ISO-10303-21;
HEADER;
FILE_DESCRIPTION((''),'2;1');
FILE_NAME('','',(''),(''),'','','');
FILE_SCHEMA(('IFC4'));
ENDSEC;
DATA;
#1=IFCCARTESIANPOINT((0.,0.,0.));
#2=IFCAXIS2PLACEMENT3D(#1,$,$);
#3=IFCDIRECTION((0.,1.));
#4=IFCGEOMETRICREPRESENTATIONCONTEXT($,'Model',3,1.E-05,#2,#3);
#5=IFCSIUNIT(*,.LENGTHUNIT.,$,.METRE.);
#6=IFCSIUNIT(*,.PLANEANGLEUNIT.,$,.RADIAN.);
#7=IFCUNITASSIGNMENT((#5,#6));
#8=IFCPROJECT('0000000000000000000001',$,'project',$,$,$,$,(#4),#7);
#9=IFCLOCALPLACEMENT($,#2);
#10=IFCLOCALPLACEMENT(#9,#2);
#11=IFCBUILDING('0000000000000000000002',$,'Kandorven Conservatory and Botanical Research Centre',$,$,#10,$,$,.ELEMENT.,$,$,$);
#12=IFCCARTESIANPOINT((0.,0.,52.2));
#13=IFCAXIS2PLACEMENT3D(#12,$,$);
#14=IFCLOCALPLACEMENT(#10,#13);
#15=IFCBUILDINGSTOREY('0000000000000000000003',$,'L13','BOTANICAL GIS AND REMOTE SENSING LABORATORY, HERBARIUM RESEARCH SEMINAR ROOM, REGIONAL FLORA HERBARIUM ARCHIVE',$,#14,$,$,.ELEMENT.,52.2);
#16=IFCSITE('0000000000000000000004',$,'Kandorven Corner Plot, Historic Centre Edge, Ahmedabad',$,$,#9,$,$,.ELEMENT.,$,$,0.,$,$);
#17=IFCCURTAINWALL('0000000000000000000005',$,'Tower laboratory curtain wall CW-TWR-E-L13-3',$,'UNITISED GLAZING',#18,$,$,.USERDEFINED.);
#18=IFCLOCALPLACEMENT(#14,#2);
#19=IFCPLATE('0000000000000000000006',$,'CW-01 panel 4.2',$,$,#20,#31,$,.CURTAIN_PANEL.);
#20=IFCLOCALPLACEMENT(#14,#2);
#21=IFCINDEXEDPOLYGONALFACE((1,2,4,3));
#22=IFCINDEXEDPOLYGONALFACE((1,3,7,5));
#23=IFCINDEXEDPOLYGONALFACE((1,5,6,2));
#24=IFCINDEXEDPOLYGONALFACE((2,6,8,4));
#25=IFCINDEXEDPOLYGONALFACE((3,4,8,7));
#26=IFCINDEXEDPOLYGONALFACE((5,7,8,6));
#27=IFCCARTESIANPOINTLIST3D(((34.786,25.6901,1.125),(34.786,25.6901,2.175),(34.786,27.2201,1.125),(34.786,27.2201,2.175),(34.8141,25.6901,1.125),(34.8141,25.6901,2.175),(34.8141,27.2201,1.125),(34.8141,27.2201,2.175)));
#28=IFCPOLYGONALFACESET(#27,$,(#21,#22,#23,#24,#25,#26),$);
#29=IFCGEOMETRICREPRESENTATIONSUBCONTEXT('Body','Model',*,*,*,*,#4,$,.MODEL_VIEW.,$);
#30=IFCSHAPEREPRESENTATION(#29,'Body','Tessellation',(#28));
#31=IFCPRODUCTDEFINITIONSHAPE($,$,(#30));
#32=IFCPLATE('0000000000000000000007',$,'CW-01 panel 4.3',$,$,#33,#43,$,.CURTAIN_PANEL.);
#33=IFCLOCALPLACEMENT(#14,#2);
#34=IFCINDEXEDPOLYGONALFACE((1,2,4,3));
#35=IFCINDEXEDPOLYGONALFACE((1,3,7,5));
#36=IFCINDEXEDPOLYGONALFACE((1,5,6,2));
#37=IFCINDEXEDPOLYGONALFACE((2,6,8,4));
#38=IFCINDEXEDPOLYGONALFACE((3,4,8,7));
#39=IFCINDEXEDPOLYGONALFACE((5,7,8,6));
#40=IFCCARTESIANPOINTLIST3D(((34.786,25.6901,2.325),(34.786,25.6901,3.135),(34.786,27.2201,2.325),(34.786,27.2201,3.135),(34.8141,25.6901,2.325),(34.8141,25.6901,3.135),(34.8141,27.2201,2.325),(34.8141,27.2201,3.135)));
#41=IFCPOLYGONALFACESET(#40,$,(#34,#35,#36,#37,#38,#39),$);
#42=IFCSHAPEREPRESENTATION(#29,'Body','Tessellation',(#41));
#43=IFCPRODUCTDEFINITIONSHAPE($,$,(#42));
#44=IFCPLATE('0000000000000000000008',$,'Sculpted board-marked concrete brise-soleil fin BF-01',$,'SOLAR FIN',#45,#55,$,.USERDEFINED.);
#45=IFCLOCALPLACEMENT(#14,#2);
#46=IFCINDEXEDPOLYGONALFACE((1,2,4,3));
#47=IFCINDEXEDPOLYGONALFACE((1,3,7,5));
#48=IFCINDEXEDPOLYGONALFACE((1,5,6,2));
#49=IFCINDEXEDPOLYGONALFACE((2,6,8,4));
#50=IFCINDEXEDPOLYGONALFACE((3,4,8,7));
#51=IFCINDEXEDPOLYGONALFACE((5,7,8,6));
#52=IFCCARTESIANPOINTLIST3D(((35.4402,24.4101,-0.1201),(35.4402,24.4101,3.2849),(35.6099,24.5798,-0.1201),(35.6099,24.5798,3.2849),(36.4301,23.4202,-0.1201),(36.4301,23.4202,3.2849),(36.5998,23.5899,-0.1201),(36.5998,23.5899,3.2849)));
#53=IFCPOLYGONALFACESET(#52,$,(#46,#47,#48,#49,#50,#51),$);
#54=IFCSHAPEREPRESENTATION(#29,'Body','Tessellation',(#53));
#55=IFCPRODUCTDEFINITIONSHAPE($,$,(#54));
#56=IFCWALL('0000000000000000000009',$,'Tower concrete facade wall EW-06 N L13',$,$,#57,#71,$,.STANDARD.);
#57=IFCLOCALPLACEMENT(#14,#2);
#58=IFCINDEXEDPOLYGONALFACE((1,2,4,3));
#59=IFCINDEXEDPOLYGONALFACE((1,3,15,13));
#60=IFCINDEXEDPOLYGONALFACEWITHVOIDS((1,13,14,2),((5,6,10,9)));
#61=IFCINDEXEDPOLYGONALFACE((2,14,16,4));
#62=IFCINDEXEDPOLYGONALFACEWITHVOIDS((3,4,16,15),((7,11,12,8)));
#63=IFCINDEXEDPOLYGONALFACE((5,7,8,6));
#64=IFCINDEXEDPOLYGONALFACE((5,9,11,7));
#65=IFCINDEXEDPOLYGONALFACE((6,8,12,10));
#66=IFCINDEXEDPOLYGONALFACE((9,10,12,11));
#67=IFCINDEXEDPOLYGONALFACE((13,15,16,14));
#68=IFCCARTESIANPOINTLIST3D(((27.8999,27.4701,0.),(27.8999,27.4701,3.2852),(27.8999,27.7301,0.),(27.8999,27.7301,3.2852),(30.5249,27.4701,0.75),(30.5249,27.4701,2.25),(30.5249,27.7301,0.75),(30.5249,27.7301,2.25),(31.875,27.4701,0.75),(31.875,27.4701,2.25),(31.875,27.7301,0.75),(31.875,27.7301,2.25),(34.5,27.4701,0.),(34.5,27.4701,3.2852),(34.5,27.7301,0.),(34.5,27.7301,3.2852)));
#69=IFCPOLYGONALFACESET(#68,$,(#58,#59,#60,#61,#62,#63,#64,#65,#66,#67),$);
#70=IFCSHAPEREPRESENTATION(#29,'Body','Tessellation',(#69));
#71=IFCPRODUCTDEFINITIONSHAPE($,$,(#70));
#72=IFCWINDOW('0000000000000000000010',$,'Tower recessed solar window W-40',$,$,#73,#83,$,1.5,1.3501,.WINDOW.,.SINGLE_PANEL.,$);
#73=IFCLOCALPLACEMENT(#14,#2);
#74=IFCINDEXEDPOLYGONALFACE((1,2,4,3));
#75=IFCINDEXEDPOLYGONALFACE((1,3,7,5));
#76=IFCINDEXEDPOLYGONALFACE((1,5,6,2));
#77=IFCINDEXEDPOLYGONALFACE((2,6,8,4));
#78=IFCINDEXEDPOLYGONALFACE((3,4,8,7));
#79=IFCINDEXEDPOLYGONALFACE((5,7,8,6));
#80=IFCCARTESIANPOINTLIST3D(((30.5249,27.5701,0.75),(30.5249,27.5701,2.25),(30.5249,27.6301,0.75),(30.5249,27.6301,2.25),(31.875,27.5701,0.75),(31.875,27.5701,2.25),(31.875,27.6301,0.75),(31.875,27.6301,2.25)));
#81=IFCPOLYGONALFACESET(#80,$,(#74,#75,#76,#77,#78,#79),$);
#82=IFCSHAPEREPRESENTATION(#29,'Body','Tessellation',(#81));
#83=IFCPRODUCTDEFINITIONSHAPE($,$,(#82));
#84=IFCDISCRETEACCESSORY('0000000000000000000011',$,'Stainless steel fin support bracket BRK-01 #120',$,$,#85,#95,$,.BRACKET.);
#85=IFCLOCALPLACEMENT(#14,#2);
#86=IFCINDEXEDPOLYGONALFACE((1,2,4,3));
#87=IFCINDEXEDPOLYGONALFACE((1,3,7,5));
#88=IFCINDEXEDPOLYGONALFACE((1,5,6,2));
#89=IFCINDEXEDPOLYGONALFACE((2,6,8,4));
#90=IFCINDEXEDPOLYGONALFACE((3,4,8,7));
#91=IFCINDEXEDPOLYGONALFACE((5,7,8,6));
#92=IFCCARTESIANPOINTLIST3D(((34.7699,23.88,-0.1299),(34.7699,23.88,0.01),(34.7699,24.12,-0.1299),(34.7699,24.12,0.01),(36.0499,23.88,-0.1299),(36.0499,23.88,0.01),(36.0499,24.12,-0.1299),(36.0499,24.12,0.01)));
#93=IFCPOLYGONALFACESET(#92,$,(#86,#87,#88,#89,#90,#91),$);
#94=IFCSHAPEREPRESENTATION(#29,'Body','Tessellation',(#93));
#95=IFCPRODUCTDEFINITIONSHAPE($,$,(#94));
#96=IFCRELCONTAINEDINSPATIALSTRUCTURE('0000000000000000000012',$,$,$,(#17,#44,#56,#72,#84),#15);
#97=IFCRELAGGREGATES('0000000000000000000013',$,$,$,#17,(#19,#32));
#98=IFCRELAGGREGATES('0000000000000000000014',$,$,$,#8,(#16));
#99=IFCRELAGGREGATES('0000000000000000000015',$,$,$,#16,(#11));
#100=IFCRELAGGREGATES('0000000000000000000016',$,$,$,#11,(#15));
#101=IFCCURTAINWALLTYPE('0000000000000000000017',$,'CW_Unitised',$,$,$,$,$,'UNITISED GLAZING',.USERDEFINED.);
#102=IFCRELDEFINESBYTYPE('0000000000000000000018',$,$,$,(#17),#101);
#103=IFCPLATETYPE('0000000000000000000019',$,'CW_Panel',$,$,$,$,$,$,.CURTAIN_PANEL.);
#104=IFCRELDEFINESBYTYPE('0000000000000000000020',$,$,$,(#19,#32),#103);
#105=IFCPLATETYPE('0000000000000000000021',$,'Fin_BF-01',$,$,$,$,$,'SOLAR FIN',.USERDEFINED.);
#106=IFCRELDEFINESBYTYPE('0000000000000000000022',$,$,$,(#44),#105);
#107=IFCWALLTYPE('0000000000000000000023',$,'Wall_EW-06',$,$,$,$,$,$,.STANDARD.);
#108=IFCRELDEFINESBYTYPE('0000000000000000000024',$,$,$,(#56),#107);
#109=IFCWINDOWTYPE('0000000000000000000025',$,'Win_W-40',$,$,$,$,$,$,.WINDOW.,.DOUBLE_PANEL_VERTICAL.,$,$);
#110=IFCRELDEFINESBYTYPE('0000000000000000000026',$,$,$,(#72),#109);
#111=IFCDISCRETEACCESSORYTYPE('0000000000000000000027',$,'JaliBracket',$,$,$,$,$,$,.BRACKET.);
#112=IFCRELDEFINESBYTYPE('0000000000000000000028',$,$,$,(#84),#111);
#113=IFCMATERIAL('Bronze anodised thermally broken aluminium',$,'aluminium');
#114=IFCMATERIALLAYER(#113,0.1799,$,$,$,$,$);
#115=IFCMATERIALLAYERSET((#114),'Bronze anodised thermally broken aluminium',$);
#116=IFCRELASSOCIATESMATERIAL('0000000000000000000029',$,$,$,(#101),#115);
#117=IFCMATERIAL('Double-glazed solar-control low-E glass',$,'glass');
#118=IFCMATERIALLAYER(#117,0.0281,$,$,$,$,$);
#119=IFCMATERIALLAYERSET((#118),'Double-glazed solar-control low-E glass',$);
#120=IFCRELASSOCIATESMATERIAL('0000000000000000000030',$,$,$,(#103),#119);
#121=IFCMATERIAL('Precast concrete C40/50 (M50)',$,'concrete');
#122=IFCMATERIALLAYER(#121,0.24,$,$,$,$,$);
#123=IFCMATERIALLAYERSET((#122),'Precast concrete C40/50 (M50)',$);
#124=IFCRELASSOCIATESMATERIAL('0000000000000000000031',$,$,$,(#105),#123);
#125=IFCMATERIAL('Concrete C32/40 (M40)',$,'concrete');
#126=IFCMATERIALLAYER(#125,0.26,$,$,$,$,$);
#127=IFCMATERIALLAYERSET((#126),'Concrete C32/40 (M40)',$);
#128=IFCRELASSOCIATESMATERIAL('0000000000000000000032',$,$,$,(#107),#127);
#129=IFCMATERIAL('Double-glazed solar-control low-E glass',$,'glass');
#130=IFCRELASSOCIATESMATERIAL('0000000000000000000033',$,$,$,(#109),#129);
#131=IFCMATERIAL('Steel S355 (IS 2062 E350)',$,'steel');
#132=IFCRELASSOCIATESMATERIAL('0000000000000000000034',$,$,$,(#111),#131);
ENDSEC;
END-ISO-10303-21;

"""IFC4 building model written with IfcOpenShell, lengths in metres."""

from ifc_helpers import new_model, si_unit, direction, frame, frame_2d, origin, origin_2d, place, context, subcontext, project, spatial, rectangle, extrude, material, layer, layer_set, type_object, element, fill, aggregate, save


model = new_model("IFC4")

# Units and contexts
model_context = context("Model", 3, precision=1e-05, world=origin(), true_north=direction((0.0, 1.0)))
body_context = subcontext(model_context, "Body", "Model", "MODEL_VIEW")
ifc_project = project(units=[si_unit("LENGTHUNIT", "METRE"), si_unit("PLANEANGLEUNIT", "RADIAN")], contexts=[model_context])

# Site, building, storey
site_placement = place(None, origin())
site = spatial("IfcSite", under=ifc_project, at=site_placement, Name="Kandorven Corner Plot, Historic Centre Edge, Ahmedabad", CompositionType="ELEMENT", RefElevation=0.0)
building_placement = place(site_placement, origin())
building = spatial("IfcBuilding", under=site, at=building_placement, Name="Kandorven Conservatory and Botanical Research Centre", CompositionType="ELEMENT")
storey_placement = place(building_placement, frame((0.0, 0.0, 52.2)))
storey = spatial("IfcBuildingStorey", under=building, at=storey_placement, Name="L13", Description="BOTANICAL GIS AND REMOTE SENSING LABORATORY, HERBARIUM RESEARCH SEMINAR ROOM, REGIONAL FLORA HERBARIUM ARCHIVE", CompositionType="ELEMENT", Elevation=52.2)

# Curtain wall, plates
ifc_material_1 = material(Name="Bronze anodised thermally broken aluminium", Category="aluminium")
ifc_layer_1 = layer(ifc_material_1, 0.1799)
ifc_layer_set_1 = layer_set([ifc_layer_1], Name="Bronze anodised thermally broken aluminium")
curtain_wall_type = type_object("IfcCurtainWallType", Name="CW_Unitised", ElementType="UNITISED GLAZING", PredefinedType="USERDEFINED", material=ifc_layer_set_1)
curtain_wall_placement = place(storey_placement, origin())
curtain_wall = element("IfcCurtainWall", 1, at=curtain_wall_placement, inside=storey, type_object=curtain_wall_type, Name="Tower laboratory curtain wall CW-TWR-E-L13-3", ObjectType="UNITISED GLAZING", PredefinedType="USERDEFINED")
ifc_material_2 = material(Name="Double-glazed solar-control low-E glass", Category="glass")
ifc_layer_2 = layer(ifc_material_2, 0.0281)
ifc_layer_set_2 = layer_set([ifc_layer_2], Name="Double-glazed solar-control low-E glass")
plate_type_1 = type_object("IfcPlateType", Name="CW_Panel", PredefinedType="CURTAIN_PANEL", material=ifc_layer_set_2)
plate_1_placement = place(storey_placement, frame((34.8, 26.4551, 1.125), z_axis=(0.0, 0.0, 1.0), x_axis=(0.0, 1.0, 0.0)))
plate_1 = element("IfcPlate", 2, at=plate_1_placement, type_object=plate_type_1, Name="CW-01 panel 4.2", PredefinedType="CURTAIN_PANEL", context=body_context, shape_type="SweptSolid", body=[
    extrude(rectangle(XDim=1.53, YDim=0.0281, at=origin_2d()), origin(), (0.0, 0.0, 1.0), 1.05),
])
plate_2_placement = place(storey_placement, frame((34.8, 26.4551, 2.325), z_axis=(0.0, 0.0, 1.0), x_axis=(0.0, 1.0, 0.0)))
plate_2 = element("IfcPlate", 3, at=plate_2_placement, type_object=plate_type_1, Name="CW-01 panel 4.3", PredefinedType="CURTAIN_PANEL", context=body_context, shape_type="SweptSolid", body=[
    extrude(rectangle(XDim=1.53, YDim=0.0281, at=origin_2d()), origin(), (0.0, 0.0, 1.0), 0.8101),
])
aggregate(curtain_wall, [plate_1, plate_2])

# Plate
ifc_material_3 = material(Name="Precast concrete C40/50 (M50)", Category="concrete")
ifc_layer_3 = layer(ifc_material_3, 0.24)
ifc_layer_set_3 = layer_set([ifc_layer_3], Name="Precast concrete C40/50 (M50)")
plate_type_2 = type_object("IfcPlateType", Name="Fin_BF-01", ElementType="SOLAR FIN", PredefinedType="USERDEFINED", material=ifc_layer_set_3)
plate_3_placement = place(storey_placement, frame((36.02, 24.0, -0.1201), z_axis=(0.0, 0.0, 1.0), x_axis=(-0.707107, 0.707107, 0.0)))
element("IfcPlate", 4, at=plate_3_placement, inside=storey, type_object=plate_type_2, Name="Sculpted board-marked concrete brise-soleil fin BF-01", ObjectType="SOLAR FIN", PredefinedType="USERDEFINED", context=body_context, shape_type="SweptSolid", body=[
    extrude(rectangle(XDim=1.3999, YDim=0.24, at=origin_2d()), origin(), (0.0, 0.0, 1.0), 3.405),
])

# Wall, opening, window
ifc_material_4 = material(Name="Concrete C32/40 (M40)", Category="concrete")
ifc_layer_4 = layer(ifc_material_4, 0.26)
ifc_layer_set_4 = layer_set([ifc_layer_4], Name="Concrete C32/40 (M40)")
wall_type = type_object("IfcWallType", Name="Wall_EW-06", PredefinedType="STANDARD", material=ifc_layer_set_4)
wall_placement = place(storey_placement, frame((27.8999, 27.6001, 0.0), z_axis=(0.0, 0.0, 1.0), x_axis=(1.0, 0.0, 0.0)))
wall = element("IfcWall", 5, at=wall_placement, inside=storey, type_object=wall_type, Name="Tower concrete facade wall EW-06 N L13", PredefinedType="STANDARD", context=body_context, shape_type="SweptSolid", body=[
    extrude(rectangle(XDim=6.6001, YDim=0.26, at=frame_2d((3.3, 0.0))), origin(), (0.0, 0.0, 1.0), 3.2852),
])
opening_placement = place(wall_placement, frame((2.625, 0.0, 0.75)))
opening = element("IfcOpeningElement", 6, at=opening_placement, cuts=wall, PredefinedType="OPENING", context=body_context, shape_type="SweptSolid", body=[
    extrude(rectangle(XDim=1.3501, YDim=1.5, at=frame_2d((0.675, 0.75))), frame((0.0, 0.1399, 0.0), z_axis=(0.0, -1.0, 0.0), x_axis=(1.0, 0.0, 0.0)), (0.0, 0.0, 1.0), 0.28),
])
ifc_material_5 = material(Name="Double-glazed solar-control low-E glass", Category="glass")
window_type = type_object("IfcWindowType", Name="Win_W-40", PartitioningType="DOUBLE_PANEL_VERTICAL", PredefinedType="WINDOW", material=ifc_material_5)
window_placement = place(opening_placement, origin())
window = element("IfcWindow", 7, at=window_placement, inside=storey, type_object=window_type, Name="Tower recessed solar window W-40", OverallHeight=1.5, OverallWidth=1.3501, PartitioningType="SINGLE_PANEL", PredefinedType="WINDOW", context=body_context, shape_type="SweptSolid", body=[
    extrude(rectangle(XDim=1.3501, YDim=1.5, at=frame_2d((0.675, 0.75))), frame((0.0, 0.03, 0.0), z_axis=(0.0, -1.0, 0.0), x_axis=(1.0, 0.0, 0.0)), (0.0, 0.0, 1.0), 0.0601),
])
fill(opening, window)

# Discrete accessory
ifc_material_6 = material(Name="Steel S355 (IS 2062 E350)", Category="steel")
discrete_accessory_type = type_object("IfcDiscreteAccessoryType", Name="JaliBracket", PredefinedType="BRACKET", material=ifc_material_6)
discrete_accessory_placement = place(storey_placement, frame((35.4099, 24.0, -0.1299), z_axis=(0.0, 0.0, 1.0), x_axis=(1.0, 0.0, 0.0)))
element("IfcDiscreteAccessory", 8, at=discrete_accessory_placement, inside=storey, type_object=discrete_accessory_type, Name="Stainless steel fin support bracket BRK-01 #120", PredefinedType="BRACKET", context=body_context, shape_type="SweptSolid", body=[
    extrude(rectangle(XDim=1.28, YDim=0.24, at=origin_2d()), origin(), (0.0, 0.0, 1.0), 0.1399),
])

save(model, "model.ifc")
